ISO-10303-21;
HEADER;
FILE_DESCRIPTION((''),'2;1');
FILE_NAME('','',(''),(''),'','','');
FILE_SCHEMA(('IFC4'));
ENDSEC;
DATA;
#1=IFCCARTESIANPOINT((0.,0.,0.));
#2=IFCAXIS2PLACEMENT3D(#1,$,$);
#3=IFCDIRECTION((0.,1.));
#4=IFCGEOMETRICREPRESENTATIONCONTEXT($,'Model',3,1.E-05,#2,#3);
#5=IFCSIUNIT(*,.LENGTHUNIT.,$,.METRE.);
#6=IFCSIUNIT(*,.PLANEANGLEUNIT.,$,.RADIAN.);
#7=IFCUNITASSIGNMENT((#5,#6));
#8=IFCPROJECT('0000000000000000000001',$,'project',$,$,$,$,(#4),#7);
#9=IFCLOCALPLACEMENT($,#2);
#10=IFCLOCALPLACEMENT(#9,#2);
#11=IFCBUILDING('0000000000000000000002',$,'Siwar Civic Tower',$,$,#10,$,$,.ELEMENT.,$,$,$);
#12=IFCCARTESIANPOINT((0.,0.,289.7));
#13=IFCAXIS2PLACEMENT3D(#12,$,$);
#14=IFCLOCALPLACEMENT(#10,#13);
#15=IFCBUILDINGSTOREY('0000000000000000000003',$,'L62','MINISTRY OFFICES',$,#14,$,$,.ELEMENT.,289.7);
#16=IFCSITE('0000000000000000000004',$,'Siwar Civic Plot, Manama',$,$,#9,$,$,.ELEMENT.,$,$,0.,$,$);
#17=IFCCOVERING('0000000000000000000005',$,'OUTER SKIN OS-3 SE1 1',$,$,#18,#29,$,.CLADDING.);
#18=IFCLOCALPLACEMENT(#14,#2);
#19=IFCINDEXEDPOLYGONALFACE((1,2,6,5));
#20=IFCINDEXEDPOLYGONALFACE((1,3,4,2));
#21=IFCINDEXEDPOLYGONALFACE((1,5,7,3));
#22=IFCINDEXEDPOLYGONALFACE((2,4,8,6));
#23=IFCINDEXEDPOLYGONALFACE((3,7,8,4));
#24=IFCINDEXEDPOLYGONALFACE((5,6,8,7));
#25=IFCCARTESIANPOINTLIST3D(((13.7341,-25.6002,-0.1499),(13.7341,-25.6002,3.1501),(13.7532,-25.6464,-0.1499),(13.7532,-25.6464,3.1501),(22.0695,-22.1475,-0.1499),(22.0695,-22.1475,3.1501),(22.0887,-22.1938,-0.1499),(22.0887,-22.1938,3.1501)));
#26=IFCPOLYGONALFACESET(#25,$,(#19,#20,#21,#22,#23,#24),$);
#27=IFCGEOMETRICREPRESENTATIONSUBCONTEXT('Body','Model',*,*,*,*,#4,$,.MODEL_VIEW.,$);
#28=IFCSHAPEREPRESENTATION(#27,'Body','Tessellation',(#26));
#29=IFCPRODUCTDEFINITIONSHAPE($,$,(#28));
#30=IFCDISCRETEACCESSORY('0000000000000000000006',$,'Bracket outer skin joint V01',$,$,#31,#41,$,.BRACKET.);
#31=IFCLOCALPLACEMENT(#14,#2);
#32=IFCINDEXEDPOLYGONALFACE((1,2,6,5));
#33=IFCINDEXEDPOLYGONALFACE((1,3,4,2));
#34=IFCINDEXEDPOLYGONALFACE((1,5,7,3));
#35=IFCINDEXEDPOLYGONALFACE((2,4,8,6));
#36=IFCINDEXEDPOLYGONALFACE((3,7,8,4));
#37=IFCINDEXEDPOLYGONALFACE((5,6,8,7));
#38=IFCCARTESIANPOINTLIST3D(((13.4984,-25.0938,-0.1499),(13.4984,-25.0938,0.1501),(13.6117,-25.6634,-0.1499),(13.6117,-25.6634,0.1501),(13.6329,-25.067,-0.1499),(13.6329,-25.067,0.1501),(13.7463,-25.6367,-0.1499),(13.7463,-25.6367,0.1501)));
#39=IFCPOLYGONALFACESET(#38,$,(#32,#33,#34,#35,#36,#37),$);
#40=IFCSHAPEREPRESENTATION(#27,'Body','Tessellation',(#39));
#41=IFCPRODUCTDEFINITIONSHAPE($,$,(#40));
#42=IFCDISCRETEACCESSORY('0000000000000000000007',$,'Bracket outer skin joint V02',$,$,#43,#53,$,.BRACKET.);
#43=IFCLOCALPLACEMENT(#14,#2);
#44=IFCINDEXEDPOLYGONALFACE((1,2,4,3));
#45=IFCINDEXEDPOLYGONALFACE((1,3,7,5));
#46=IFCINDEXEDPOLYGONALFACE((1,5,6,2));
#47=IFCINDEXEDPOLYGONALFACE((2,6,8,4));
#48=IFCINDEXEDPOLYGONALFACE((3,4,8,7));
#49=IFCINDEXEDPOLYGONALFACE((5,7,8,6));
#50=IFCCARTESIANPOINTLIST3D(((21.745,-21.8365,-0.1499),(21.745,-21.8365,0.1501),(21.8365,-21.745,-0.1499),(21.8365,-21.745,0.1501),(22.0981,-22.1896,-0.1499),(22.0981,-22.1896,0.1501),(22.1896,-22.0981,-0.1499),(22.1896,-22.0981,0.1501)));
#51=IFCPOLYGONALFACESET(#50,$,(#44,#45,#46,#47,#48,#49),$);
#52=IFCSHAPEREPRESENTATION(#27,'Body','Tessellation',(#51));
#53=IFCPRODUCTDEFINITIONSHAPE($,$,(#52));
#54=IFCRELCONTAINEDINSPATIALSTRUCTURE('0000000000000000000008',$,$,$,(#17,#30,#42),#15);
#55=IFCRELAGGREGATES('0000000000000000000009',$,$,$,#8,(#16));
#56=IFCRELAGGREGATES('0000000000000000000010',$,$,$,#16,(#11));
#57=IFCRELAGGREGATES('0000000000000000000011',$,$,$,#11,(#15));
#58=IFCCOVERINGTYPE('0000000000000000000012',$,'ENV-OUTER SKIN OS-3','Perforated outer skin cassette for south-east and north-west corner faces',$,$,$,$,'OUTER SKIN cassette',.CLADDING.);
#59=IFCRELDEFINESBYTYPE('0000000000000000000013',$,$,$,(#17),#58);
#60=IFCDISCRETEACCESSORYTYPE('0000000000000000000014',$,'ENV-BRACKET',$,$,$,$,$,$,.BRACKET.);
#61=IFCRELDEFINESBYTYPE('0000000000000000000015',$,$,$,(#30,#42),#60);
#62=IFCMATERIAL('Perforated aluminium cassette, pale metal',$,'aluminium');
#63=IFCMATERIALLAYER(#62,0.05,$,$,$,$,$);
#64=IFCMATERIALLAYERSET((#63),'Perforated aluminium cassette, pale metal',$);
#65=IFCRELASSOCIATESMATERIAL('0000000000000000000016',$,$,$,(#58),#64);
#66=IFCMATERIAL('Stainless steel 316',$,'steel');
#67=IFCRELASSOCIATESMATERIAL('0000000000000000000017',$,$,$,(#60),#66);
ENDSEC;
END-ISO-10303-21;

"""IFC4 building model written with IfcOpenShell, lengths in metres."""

from ifc_helpers import new_model, si_unit, direction, frame, origin, origin_2d, place, context, subcontext, project, spatial, rectangle, extrude, material, layer, layer_set, type_object, element, save


model = new_model("IFC4")

# Units and contexts
model_context = context("Model", 3, precision=1e-05, world=origin(), true_north=direction((0.0, 1.0)))
body_context = subcontext(model_context, "Body", "Model", "MODEL_VIEW")
ifc_project = project(units=[si_unit("LENGTHUNIT", "METRE"), si_unit("PLANEANGLEUNIT", "RADIAN")], contexts=[model_context])

# Site, building, storey
site_placement = place(None, origin())
site = spatial("IfcSite", under=ifc_project, at=site_placement, Name="Siwar Civic Plot, Manama", CompositionType="ELEMENT", RefElevation=0.0)
building_placement = place(site_placement, origin())
building = spatial("IfcBuilding", under=site, at=building_placement, Name="Siwar Civic Tower", CompositionType="ELEMENT")
storey_placement = place(building_placement, frame((0.0, 0.0, 289.7)))
storey = spatial("IfcBuildingStorey", under=building, at=storey_placement, Name="L62", Description="MINISTRY OFFICES", CompositionType="ELEMENT", Elevation=289.7)

# Covering
ifc_material_1 = material(Name="Perforated aluminium cassette, pale metal", Category="aluminium")
ifc_layer_1 = layer(ifc_material_1, 0.05)
ifc_layer_set_1 = layer_set([ifc_layer_1], Name="Perforated aluminium cassette, pale metal")
covering_type_1 = type_object("IfcCoveringType", Name="ENV-OUTER SKIN OS-3", Description="Perforated outer skin cassette for south-east and north-west corner faces", ElementType="OUTER SKIN cassette", PredefinedType="CLADDING", material=ifc_layer_set_1)
covering_1_placement = place(storey_placement, frame((17.9114, -23.897, -0.1499), z_axis=(0.0, 0.0, 1.0), x_axis=(0.92388, 0.382683, 0.0)))
element("IfcCovering", 1, at=covering_1_placement, inside=storey, type_object=covering_type_1, Name="OUTER SKIN OS-3 SE1 1", PredefinedType="CLADDING", context=body_context, shape_type="SweptSolid", body=[
    extrude(rectangle(XDim=9.0222, YDim=0.05, at=origin_2d()), origin(), (0.0, 0.0, 1.0), 3.3),
])

# Discrete accessories
ifc_material_2 = material(Name="Stainless steel 316", Category="steel")
discrete_accessory_type = type_object("IfcDiscreteAccessoryType", Name="ENV-BRACKET", PredefinedType="BRACKET", material=ifc_material_2)
discrete_accessory_1_placement = place(storey_placement, frame((13.6223, -25.3652, -0.1499), z_axis=(0.0, 0.0, 1.0), x_axis=(0.19509, -0.980785, 0.0)))
element("IfcDiscreteAccessory", 2, at=discrete_accessory_1_placement, inside=storey, type_object=discrete_accessory_type, Name="Bracket outer skin joint V01", PredefinedType="BRACKET", context=body_context, shape_type="SweptSolid", body=[
    extrude(rectangle(XDim=0.5808, YDim=0.1372, at=origin_2d()), origin(), (0.0, 0.0, 1.0), 0.3),
])
discrete_accessory_2_placement = place(storey_placement, frame((21.9673, -21.9673, -0.1499), z_axis=(0.0, 0.0, 1.0), x_axis=(0.707107, -0.707107, 0.0)))
element("IfcDiscreteAccessory", 3, at=discrete_accessory_2_placement, inside=storey, type_object=discrete_accessory_type, Name="Bracket outer skin joint V02", PredefinedType="BRACKET", context=body_context, shape_type="SweptSolid", body=[
    extrude(rectangle(XDim=0.4993, YDim=0.1294, at=origin_2d()), origin(), (0.0, 0.0, 1.0), 0.3),
])

save(model, "model.ifc")
